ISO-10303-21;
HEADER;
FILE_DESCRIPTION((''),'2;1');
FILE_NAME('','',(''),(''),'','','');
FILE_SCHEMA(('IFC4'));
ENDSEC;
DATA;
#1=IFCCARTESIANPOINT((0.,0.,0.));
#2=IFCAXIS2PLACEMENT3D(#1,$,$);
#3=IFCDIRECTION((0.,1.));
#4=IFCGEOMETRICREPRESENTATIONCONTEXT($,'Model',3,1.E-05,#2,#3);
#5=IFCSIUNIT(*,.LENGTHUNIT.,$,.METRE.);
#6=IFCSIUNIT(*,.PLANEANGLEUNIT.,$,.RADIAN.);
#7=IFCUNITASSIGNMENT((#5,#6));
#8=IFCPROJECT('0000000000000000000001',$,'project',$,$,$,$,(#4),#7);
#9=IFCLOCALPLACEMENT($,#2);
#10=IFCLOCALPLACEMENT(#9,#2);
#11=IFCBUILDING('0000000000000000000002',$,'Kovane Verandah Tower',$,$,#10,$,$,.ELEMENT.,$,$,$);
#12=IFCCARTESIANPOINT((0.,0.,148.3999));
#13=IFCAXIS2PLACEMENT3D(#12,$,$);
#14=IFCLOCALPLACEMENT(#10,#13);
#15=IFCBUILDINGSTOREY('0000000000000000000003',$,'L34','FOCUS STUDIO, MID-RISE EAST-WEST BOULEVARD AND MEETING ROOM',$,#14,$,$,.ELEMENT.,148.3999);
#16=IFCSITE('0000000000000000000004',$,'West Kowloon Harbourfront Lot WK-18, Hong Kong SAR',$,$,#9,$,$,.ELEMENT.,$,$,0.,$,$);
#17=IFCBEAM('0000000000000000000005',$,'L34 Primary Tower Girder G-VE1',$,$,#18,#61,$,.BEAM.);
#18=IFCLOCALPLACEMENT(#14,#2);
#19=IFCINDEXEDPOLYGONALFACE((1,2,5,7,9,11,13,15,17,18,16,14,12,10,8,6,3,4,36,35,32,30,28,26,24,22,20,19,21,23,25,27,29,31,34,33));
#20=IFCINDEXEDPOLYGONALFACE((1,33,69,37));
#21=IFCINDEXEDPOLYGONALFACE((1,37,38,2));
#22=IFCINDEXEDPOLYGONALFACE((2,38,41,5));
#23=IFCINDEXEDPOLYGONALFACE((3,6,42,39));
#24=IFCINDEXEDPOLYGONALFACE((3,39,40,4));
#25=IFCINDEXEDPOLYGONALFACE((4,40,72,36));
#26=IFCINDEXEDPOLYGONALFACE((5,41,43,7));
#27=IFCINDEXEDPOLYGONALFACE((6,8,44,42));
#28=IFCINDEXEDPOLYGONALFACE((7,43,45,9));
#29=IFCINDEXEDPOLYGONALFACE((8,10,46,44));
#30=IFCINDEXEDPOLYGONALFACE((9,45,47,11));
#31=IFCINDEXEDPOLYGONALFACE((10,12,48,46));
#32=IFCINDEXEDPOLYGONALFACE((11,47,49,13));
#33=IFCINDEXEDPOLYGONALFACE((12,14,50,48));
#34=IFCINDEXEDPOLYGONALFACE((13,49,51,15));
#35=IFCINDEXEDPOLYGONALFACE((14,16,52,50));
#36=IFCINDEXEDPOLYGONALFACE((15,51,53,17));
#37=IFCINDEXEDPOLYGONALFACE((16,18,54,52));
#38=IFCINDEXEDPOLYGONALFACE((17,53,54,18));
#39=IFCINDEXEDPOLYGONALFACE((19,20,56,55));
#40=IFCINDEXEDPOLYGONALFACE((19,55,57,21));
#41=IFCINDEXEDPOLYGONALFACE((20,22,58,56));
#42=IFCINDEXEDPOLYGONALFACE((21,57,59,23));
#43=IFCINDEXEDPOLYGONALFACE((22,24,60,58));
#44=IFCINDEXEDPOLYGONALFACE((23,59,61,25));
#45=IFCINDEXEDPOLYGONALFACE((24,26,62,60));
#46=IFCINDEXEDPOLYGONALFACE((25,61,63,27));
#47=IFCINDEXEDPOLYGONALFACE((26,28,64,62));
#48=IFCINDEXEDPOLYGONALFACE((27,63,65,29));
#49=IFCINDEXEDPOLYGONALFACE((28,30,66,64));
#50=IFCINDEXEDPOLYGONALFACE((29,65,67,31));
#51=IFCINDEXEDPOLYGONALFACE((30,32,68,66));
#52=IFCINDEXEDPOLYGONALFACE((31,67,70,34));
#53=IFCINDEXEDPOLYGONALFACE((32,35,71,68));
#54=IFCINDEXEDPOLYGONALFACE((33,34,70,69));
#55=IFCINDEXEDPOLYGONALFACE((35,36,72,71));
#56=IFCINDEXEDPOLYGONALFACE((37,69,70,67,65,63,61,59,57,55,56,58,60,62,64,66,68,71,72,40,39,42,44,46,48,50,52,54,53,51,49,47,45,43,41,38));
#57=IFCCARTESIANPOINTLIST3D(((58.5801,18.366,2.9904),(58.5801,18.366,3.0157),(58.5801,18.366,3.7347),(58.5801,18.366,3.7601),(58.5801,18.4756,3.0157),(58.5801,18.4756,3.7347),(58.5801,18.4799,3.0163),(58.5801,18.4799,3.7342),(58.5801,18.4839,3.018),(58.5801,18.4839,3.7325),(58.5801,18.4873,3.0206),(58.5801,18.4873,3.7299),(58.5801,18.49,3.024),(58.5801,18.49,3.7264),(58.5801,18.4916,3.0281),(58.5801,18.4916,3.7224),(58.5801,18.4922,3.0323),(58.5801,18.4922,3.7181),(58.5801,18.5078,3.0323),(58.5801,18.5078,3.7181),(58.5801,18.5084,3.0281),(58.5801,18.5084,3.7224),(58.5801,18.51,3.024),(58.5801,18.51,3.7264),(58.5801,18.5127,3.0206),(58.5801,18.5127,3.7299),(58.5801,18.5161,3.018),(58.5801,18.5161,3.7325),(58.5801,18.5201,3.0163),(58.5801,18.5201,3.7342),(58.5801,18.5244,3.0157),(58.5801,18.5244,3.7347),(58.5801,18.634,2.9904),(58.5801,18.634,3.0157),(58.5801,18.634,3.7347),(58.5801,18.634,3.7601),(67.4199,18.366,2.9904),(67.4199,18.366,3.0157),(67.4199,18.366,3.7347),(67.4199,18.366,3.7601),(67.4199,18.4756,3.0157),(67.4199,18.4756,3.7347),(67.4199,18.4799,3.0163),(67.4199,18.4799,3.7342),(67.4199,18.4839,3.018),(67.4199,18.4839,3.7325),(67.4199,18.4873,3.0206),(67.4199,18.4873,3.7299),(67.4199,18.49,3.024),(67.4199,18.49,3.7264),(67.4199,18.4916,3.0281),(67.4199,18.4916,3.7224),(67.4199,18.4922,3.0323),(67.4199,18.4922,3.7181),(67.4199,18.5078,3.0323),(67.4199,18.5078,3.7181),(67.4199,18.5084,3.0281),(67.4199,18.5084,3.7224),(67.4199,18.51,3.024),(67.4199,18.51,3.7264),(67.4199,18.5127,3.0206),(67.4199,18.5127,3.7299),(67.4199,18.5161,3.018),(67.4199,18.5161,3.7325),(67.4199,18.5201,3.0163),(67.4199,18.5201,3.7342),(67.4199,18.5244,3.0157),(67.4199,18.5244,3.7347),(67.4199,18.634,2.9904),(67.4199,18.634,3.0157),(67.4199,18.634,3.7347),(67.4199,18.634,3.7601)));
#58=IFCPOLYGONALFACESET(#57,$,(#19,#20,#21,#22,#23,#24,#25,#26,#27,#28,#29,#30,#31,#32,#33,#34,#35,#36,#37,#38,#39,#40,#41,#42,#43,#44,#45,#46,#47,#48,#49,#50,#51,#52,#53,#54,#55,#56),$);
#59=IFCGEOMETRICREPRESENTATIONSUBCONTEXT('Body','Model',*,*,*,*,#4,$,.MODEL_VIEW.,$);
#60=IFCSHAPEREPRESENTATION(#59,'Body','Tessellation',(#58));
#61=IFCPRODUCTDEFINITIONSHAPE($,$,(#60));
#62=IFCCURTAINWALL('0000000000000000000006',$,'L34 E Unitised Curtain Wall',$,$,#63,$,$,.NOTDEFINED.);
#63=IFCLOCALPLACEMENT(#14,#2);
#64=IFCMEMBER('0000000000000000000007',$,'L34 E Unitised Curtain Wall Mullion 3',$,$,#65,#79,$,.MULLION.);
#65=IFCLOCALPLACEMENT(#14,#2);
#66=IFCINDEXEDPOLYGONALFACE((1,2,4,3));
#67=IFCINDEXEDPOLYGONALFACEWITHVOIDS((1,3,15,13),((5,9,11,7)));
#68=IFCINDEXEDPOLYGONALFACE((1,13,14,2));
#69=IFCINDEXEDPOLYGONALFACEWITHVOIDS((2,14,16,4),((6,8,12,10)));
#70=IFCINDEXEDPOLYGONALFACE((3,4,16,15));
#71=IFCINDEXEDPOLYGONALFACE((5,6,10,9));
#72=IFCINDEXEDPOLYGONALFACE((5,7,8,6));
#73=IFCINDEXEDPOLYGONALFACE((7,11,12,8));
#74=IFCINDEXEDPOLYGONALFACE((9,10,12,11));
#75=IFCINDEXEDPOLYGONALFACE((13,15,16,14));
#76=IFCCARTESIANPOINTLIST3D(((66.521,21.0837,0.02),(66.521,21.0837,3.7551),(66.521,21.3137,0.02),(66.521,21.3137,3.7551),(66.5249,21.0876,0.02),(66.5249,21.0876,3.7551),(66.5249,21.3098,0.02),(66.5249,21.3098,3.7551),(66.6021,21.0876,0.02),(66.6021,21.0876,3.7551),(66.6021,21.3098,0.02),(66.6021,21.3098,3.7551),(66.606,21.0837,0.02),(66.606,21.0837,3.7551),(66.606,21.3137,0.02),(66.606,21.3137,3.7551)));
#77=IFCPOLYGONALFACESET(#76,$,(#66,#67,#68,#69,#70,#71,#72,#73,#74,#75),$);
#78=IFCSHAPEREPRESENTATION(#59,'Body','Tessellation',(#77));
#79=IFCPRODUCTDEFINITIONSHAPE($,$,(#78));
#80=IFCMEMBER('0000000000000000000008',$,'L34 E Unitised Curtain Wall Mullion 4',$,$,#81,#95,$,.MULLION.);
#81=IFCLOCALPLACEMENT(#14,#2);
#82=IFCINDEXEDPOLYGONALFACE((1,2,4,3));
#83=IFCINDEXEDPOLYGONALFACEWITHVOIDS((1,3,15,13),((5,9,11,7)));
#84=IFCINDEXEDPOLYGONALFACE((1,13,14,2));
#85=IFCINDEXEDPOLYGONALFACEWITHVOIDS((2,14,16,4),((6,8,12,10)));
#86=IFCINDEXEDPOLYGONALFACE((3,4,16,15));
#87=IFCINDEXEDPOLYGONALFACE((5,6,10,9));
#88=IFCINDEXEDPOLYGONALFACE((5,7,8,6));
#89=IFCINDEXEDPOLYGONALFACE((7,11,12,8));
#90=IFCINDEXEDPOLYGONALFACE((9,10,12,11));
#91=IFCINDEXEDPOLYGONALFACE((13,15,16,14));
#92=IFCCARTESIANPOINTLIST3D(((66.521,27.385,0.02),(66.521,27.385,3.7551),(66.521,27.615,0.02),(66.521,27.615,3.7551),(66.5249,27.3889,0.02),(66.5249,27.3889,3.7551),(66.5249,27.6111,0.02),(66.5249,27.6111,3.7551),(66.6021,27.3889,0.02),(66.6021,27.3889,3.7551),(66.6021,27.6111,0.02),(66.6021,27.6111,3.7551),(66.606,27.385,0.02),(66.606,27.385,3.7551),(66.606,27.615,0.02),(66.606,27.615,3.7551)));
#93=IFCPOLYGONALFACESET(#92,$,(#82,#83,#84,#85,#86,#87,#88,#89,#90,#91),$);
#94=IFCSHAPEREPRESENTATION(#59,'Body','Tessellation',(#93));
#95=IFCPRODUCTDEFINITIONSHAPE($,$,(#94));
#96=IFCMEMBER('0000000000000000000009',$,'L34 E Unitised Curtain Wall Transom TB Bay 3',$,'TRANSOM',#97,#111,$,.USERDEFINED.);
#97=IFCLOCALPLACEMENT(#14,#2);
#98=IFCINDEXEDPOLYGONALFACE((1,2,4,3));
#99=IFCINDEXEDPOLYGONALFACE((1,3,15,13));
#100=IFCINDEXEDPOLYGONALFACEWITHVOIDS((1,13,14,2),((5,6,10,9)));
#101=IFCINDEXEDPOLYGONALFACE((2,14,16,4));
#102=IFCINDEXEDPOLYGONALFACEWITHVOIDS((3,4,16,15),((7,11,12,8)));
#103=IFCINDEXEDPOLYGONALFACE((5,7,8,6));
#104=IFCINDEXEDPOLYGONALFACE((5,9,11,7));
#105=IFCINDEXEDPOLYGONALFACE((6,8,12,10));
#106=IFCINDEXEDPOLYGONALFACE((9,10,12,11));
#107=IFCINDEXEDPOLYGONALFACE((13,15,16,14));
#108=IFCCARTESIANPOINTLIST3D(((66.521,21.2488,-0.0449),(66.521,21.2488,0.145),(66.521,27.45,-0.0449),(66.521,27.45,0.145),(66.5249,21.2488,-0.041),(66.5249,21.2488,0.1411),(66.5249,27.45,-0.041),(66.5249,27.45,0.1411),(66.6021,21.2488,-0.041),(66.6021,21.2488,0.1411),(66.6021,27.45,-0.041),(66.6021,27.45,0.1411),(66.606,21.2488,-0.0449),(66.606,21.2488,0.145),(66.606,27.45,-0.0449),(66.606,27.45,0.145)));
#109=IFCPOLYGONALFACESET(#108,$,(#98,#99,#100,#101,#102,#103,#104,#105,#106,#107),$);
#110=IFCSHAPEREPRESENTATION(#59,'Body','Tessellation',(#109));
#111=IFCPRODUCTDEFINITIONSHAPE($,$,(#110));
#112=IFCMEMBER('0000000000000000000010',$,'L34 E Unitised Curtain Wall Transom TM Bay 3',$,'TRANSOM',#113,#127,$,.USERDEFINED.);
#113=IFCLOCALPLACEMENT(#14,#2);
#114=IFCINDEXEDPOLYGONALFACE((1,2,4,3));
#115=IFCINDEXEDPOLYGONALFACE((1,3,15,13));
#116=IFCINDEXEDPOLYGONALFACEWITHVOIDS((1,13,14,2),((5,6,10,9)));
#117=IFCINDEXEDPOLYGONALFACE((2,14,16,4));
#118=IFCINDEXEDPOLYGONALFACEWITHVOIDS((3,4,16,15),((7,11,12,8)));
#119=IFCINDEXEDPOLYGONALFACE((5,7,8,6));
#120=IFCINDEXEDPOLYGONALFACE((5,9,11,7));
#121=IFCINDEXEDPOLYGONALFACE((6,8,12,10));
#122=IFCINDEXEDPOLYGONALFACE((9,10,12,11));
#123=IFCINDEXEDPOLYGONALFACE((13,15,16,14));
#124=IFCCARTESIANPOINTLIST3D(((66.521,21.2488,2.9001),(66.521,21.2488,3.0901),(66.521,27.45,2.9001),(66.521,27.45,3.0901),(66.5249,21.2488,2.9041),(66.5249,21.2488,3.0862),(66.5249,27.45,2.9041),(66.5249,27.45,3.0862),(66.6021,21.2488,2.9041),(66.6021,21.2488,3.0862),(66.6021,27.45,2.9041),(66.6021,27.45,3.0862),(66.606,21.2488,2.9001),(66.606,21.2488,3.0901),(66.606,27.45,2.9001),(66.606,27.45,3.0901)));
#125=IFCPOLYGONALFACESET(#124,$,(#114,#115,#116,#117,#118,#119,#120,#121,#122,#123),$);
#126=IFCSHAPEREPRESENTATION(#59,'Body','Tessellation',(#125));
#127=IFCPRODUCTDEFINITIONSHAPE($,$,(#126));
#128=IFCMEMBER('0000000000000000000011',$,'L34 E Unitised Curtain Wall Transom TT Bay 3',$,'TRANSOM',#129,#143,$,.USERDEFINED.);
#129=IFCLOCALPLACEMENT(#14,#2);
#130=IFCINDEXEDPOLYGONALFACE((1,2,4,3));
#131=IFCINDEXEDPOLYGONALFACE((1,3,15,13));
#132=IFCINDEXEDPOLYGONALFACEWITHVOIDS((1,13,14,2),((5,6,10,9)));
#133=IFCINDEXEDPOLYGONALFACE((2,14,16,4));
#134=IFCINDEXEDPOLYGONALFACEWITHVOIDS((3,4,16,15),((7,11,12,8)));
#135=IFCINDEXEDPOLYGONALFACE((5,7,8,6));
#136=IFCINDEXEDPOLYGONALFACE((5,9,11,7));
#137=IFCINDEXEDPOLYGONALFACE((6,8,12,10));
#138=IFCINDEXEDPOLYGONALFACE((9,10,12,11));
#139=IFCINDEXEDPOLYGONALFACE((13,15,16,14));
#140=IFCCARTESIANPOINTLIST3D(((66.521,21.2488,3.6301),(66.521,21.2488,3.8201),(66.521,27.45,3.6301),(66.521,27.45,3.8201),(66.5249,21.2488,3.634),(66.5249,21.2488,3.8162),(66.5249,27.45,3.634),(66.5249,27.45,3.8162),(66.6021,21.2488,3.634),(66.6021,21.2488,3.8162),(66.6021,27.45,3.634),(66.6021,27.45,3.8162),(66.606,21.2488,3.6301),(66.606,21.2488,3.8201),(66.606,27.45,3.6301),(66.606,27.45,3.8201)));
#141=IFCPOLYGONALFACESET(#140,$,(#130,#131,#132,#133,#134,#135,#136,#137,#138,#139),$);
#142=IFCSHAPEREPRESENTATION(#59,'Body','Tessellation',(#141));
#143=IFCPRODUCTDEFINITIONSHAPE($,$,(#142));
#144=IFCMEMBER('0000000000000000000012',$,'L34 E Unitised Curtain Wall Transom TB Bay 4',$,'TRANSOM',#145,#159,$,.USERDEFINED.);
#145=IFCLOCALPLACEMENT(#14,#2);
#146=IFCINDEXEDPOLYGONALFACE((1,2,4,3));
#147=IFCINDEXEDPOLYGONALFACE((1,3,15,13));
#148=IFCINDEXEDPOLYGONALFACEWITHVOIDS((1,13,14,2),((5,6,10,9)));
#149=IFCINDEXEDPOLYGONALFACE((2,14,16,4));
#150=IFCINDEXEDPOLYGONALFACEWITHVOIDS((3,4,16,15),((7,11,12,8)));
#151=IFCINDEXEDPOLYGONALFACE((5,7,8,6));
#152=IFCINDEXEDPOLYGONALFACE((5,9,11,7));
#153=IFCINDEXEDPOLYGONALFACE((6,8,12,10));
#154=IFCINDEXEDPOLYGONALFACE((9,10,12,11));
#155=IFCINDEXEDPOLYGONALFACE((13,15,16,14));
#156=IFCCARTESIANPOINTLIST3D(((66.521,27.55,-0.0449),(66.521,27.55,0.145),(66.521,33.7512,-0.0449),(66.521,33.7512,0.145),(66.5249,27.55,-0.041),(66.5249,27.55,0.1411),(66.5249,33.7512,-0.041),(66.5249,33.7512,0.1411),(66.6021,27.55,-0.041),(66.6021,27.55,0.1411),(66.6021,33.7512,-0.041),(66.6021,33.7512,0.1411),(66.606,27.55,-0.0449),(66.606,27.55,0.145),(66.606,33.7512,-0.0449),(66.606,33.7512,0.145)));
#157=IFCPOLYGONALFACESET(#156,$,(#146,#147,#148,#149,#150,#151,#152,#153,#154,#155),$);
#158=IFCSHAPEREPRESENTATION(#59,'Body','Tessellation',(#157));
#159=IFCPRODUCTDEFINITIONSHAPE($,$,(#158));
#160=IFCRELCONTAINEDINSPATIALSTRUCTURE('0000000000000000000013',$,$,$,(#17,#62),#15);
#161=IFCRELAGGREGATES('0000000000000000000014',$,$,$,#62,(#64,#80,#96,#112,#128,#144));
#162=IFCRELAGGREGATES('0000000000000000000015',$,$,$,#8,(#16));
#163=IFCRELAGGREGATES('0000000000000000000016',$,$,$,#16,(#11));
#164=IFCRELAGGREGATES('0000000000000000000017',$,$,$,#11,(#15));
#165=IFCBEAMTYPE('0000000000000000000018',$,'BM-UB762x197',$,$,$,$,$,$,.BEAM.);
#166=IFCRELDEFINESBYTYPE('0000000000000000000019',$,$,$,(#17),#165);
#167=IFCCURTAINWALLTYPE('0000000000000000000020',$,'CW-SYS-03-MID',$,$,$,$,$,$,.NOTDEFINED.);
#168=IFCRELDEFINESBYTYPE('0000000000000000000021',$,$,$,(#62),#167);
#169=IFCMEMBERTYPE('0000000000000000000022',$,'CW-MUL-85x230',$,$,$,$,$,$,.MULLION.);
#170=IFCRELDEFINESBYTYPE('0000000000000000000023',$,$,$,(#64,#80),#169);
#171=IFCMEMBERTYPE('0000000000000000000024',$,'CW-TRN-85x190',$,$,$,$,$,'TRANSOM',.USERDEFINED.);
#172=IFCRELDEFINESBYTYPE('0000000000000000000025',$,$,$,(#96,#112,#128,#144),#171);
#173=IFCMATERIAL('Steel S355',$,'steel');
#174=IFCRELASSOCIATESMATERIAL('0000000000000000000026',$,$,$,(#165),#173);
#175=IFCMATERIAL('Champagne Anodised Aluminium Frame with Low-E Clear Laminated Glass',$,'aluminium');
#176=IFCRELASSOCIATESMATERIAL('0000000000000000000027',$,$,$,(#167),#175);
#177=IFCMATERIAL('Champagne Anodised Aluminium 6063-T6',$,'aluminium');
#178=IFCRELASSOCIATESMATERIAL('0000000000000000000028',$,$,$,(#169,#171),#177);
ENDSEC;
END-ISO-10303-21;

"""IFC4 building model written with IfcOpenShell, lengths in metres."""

from ifc_helpers import new_model, si_unit, direction, frame, origin, origin_2d, place, context, subcontext, project, spatial, hollow_rectangle, i_section, extrude, material, material_profile, profile_set, type_object, element, aggregate, save


model = new_model("IFC4")

# Units and contexts
model_context = context("Model", 3, precision=1e-05, world=origin(), true_north=direction((0.0, 1.0)))
body_context = subcontext(model_context, "Body", "Model", "MODEL_VIEW")
ifc_project = project(units=[si_unit("LENGTHUNIT", "METRE"), si_unit("PLANEANGLEUNIT", "RADIAN")], contexts=[model_context])

# Site, building, storey
site_placement = place(None, origin())
site = spatial("IfcSite", under=ifc_project, at=site_placement, Name="West Kowloon Harbourfront Lot WK-18, Hong Kong SAR", CompositionType="ELEMENT", RefElevation=0.0)
building_placement = place(site_placement, origin())
building = spatial("IfcBuilding", under=site, at=building_placement, Name="Kovane Verandah Tower", CompositionType="ELEMENT")
storey_placement = place(building_placement, frame((0.0, 0.0, 148.3999)))
storey = spatial("IfcBuildingStorey", under=building, at=storey_placement, Name="L34", Description="FOCUS STUDIO, MID-RISE EAST-WEST BOULEVARD AND MEETING ROOM", CompositionType="ELEMENT", Elevation=148.3999)

# Beam
ifc_material_1 = material(Name="Steel S355", Category="steel")
ifc_material_profile_1 = material_profile(ifc_material_1, i_section(OverallWidth=0.2681, OverallDepth=0.7698, WebThickness=0.0156, FlangeThickness=0.0254, FilletRadius=0.0166, at=origin_2d()), Name="UB762x267x197")
ifc_profile_set_1 = profile_set([ifc_material_profile_1], Name="Steel S355")
beam_type_1 = type_object("IfcBeamType", Name="BM-UB762x197", PredefinedType="BEAM", material=ifc_profile_set_1)
beam_1_placement = place(storey_placement, frame((58.5801, 18.5, 3.3752), z_axis=(1.0, 0.0, 0.0), x_axis=(0.0, 1.0, 0.0)))
element("IfcBeam", 1, at=beam_1_placement, inside=storey, type_object=beam_type_1, Name="L34 Primary Tower Girder G-VE1", PredefinedType="BEAM", context=body_context, shape_type="SweptSolid", body=[
    extrude(i_section(OverallWidth=0.2681, OverallDepth=0.7698, WebThickness=0.0156, FlangeThickness=0.0254, FilletRadius=0.0166, at=origin_2d()), origin(), (0.0, 0.0, 1.0), 8.8398),
])

# Curtain wall, members
ifc_material_2 = material(Name="Champagne Anodised Aluminium Frame with Low-E Clear Laminated Glass", Category="aluminium")
curtain_wall_type = type_object("IfcCurtainWallType", Name="CW-SYS-03-MID", PredefinedType="NOTDEFINED", material=ifc_material_2)
curtain_wall_placement = place(storey_placement, origin())
curtain_wall = element("IfcCurtainWall", 2, at=curtain_wall_placement, inside=storey, type_object=curtain_wall_type, Name="L34 E Unitised Curtain Wall", PredefinedType="NOTDEFINED")
ifc_material_3 = material(Name="Champagne Anodised Aluminium 6063-T6", Category="aluminium")
ifc_material_profile_2 = material_profile(ifc_material_3, hollow_rectangle(XDim=0.085, YDim=0.23, WallThickness=0.0039, at=origin_2d()), Name="AL85x230x4")
ifc_profile_set_2 = profile_set([ifc_material_profile_2], Name="Champagne Anodised Aluminium 6063-T6")
member_type_1 = type_object("IfcMemberType", Name="CW-MUL-85x230", PredefinedType="MULLION", material=ifc_profile_set_2)
member_1_placement = place(storey_placement, frame((66.5635, 21.1987, 0.02), z_axis=(0.0, 0.0, 1.0), x_axis=(1.0, 0.0, 0.0)))
member_1 = element("IfcMember", 3, at=member_1_placement, type_object=member_type_1, Name="L34 E Unitised Curtain Wall Mullion 3", PredefinedType="MULLION", context=body_context, shape_type="SweptSolid", body=[
    extrude(hollow_rectangle(XDim=0.085, YDim=0.23, WallThickness=0.0039, at=origin_2d()), origin(), (0.0, 0.0, 1.0), 3.7351),
])
member_2_placement = place(storey_placement, frame((66.5635, 27.5, 0.02), z_axis=(0.0, 0.0, 1.0), x_axis=(1.0, 0.0, 0.0)))
member_2 = element("IfcMember", 4, at=member_2_placement, type_object=member_type_1, Name="L34 E Unitised Curtain Wall Mullion 4", PredefinedType="MULLION", context=body_context, shape_type="SweptSolid", body=[
    extrude(hollow_rectangle(XDim=0.085, YDim=0.23, WallThickness=0.0039, at=origin_2d()), origin(), (0.0, 0.0, 1.0), 3.7351),
])
ifc_material_profile_3 = material_profile(ifc_material_3, hollow_rectangle(XDim=0.085, YDim=0.1899, WallThickness=0.0039, at=origin_2d()), Name="AL85x190x4")
ifc_profile_set_3 = profile_set([ifc_material_profile_3], Name="Champagne Anodised Aluminium 6063-T6")
member_type_2 = type_object("IfcMemberType", Name="CW-TRN-85x190", ElementType="TRANSOM", PredefinedType="USERDEFINED", material=ifc_profile_set_3)
member_3_placement = place(storey_placement, frame((66.5635, 21.2488, 0.05), z_axis=(0.0, 1.0, 0.0), x_axis=(-1.0, 0.0, 0.0)))
member_3 = element("IfcMember", 5, at=member_3_placement, type_object=member_type_2, Name="L34 E Unitised Curtain Wall Transom TB Bay 3", ObjectType="TRANSOM", PredefinedType="USERDEFINED", context=body_context, shape_type="SweptSolid", body=[
    extrude(hollow_rectangle(XDim=0.085, YDim=0.1899, WallThickness=0.0039, at=origin_2d()), origin(), (0.0, 0.0, 1.0), 6.2012),
])
member_4_placement = place(storey_placement, frame((66.5635, 21.2488, 2.9951), z_axis=(0.0, 1.0, 0.0), x_axis=(-1.0, 0.0, 0.0)))
member_4 = element("IfcMember", 6, at=member_4_placement, type_object=member_type_2, Name="L34 E Unitised Curtain Wall Transom TM Bay 3", ObjectType="TRANSOM", PredefinedType="USERDEFINED", context=body_context, shape_type="SweptSolid", body=[
    extrude(hollow_rectangle(XDim=0.085, YDim=0.1899, WallThickness=0.0039, at=origin_2d()), origin(), (0.0, 0.0, 1.0), 6.2012),
])
member_5_placement = place(storey_placement, frame((66.5635, 21.2488, 3.7251), z_axis=(0.0, 1.0, 0.0), x_axis=(-1.0, 0.0, 0.0)))
member_5 = element("IfcMember", 7, at=member_5_placement, type_object=member_type_2, Name="L34 E Unitised Curtain Wall Transom TT Bay 3", ObjectType="TRANSOM", PredefinedType="USERDEFINED", context=body_context, shape_type="SweptSolid", body=[
    extrude(hollow_rectangle(XDim=0.085, YDim=0.1899, WallThickness=0.0039, at=origin_2d()), origin(), (0.0, 0.0, 1.0), 6.2012),
])
member_6_placement = place(storey_placement, frame((66.5635, 27.55, 0.05), z_axis=(0.0, 1.0, 0.0), x_axis=(-1.0, 0.0, 0.0)))
member_6 = element("IfcMember", 8, at=member_6_placement, type_object=member_type_2, Name="L34 E Unitised Curtain Wall Transom TB Bay 4", ObjectType="TRANSOM", PredefinedType="USERDEFINED", context=body_context, shape_type="SweptSolid", body=[
    extrude(hollow_rectangle(XDim=0.085, YDim=0.1899, WallThickness=0.0039, at=origin_2d()), origin(), (0.0, 0.0, 1.0), 6.2012),
])

aggregate(curtain_wall, [member_1, member_2, member_3, member_4, member_5, member_6])

save(model, "model.ifc")
